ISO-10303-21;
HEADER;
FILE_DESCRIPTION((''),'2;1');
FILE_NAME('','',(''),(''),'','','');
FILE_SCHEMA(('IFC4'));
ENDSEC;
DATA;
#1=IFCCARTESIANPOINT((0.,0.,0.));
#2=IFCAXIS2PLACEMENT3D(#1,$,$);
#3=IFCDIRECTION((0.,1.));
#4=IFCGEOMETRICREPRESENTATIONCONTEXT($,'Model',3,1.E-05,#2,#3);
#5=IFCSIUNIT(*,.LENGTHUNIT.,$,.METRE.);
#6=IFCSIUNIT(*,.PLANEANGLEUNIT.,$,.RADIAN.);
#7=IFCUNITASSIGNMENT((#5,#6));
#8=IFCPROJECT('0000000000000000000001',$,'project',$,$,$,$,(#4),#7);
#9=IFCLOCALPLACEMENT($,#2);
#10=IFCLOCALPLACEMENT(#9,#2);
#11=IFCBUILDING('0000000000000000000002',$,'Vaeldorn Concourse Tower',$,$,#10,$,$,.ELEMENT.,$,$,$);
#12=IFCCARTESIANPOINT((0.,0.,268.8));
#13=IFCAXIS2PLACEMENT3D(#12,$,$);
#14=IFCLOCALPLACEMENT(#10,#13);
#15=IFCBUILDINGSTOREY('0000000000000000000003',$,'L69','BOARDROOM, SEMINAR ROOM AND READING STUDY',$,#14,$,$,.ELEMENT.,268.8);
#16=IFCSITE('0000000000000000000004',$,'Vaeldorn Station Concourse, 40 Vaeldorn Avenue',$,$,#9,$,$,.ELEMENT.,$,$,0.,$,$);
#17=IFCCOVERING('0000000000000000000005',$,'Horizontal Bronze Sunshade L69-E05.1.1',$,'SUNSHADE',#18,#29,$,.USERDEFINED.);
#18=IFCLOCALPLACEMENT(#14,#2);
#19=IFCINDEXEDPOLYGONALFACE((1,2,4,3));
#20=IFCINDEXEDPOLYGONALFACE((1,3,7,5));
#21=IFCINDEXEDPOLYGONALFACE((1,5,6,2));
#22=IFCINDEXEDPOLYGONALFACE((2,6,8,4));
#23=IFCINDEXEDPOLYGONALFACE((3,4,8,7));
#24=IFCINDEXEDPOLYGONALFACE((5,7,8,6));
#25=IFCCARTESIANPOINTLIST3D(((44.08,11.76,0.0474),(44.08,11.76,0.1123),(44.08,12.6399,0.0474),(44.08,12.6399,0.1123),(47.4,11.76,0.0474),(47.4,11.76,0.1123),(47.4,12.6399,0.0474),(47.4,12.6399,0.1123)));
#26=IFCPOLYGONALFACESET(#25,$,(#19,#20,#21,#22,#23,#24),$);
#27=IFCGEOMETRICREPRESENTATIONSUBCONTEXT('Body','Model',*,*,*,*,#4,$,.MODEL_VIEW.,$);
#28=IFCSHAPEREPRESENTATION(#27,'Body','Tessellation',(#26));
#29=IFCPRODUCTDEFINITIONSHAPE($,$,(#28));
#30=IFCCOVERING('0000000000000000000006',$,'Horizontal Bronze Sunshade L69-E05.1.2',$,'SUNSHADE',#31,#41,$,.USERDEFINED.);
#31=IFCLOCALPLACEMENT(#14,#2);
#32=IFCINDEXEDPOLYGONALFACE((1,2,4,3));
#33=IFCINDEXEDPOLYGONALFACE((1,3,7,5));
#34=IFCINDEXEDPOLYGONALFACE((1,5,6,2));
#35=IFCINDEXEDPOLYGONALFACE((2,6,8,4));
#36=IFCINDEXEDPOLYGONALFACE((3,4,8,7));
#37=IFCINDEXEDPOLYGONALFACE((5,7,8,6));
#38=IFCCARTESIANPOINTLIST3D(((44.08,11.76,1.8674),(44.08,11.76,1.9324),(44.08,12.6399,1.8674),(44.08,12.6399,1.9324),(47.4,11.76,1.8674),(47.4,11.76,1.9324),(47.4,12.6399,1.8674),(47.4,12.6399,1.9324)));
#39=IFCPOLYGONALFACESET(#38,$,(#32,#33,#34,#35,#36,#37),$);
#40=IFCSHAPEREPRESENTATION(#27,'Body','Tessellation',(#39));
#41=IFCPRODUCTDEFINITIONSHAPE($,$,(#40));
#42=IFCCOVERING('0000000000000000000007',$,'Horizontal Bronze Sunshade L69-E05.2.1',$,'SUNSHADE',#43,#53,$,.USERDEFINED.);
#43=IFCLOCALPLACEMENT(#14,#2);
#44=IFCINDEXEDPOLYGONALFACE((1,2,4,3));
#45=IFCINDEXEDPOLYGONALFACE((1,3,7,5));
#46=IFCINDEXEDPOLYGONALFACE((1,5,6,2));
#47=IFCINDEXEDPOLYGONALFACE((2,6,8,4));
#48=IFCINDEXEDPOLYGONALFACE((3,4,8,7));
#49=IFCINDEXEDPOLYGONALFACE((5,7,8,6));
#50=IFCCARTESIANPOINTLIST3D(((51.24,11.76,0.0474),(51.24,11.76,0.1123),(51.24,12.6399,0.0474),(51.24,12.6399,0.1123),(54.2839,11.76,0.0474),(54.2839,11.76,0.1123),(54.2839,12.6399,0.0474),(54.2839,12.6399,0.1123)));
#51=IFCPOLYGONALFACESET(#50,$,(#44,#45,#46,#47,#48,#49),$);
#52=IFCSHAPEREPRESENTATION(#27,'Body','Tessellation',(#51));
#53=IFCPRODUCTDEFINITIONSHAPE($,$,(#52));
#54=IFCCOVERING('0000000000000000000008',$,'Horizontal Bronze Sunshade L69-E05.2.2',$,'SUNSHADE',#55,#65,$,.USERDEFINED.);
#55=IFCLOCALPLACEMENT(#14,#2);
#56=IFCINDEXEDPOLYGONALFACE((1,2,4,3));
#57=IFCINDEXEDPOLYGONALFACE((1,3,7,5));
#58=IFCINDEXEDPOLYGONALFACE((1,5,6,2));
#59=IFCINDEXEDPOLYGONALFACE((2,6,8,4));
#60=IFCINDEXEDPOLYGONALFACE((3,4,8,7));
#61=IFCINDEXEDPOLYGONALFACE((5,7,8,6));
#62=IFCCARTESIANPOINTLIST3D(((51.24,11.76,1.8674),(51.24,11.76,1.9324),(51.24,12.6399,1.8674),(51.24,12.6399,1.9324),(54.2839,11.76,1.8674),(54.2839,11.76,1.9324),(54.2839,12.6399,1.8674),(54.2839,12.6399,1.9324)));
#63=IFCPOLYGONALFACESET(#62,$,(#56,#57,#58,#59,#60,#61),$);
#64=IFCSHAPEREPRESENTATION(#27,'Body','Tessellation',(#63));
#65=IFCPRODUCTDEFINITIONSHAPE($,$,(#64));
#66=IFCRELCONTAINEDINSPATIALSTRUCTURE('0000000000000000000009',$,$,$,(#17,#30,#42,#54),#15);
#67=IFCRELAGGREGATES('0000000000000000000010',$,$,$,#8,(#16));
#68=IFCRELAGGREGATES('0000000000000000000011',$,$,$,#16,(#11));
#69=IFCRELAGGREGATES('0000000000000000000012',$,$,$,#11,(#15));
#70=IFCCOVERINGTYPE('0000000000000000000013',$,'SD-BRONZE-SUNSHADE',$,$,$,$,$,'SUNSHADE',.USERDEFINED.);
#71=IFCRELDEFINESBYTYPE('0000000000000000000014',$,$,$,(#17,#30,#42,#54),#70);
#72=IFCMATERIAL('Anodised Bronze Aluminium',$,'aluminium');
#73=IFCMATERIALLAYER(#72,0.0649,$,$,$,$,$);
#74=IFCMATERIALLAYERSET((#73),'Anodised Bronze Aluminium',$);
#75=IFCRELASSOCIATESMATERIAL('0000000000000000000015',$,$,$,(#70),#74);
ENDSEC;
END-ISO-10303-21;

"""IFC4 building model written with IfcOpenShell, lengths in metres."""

from ifc_helpers import new_model, si_unit, direction, frame, origin, origin_2d, place, context, subcontext, project, spatial, rectangle, extrude, source, transform, mapped, material, layer, layer_set, type_object, element, save


model = new_model("IFC4")

# Units and contexts
model_context = context("Model", 3, precision=1e-05, world=origin(), true_north=direction((0.0, 1.0)))
body_context = subcontext(model_context, "Body", "Model", "MODEL_VIEW")
ifc_project = project(units=[si_unit("LENGTHUNIT", "METRE"), si_unit("PLANEANGLEUNIT", "RADIAN")], contexts=[model_context])

# Site, building, storey
site_placement = place(None, origin())
site = spatial("IfcSite", under=ifc_project, at=site_placement, Name="Vaeldorn Station Concourse, 40 Vaeldorn Avenue", CompositionType="ELEMENT", RefElevation=0.0)
building_placement = place(site_placement, origin())
building = spatial("IfcBuilding", under=site, at=building_placement, Name="Vaeldorn Concourse Tower", CompositionType="ELEMENT")
storey_placement = place(building_placement, frame((0.0, 0.0, 268.8)))
storey = spatial("IfcBuildingStorey", under=building, at=storey_placement, Name="L69", Description="BOARDROOM, SEMINAR ROOM AND READING STUDY", CompositionType="ELEMENT", Elevation=268.8)

# Shared definitions
ifc_material_1 = material(Name="Anodised Bronze Aluminium", Category="aluminium")

# Coverings
ifc_layer_1 = layer(ifc_material_1, 0.0649)
ifc_layer_set_1 = layer_set([ifc_layer_1], Name="Anodised Bronze Aluminium")
covering_type = type_object("IfcCoveringType", Name="SD-BRONZE-SUNSHADE", ElementType="SUNSHADE", PredefinedType="USERDEFINED", material=ifc_layer_set_1)
shared_shape_1 = source(origin(), body_context, "Body", "SweptSolid", [
    extrude(rectangle(XDim=3.3201, YDim=0.8799, at=origin_2d()), origin(), (0.0, 0.0, 1.0), 0.0649),
])
for number, where, z_axis, x_axis, name in (
    (1, (45.74, 12.2, 0.0474), (0.0, 0.0, 1.0), (1.0, 0.0, 0.0), "Horizontal Bronze Sunshade L69-E05.1.1"),
    (2, (45.74, 12.2, 1.8674), (0.0, 0.0, 1.0), (1.0, 0.0, 0.0), "Horizontal Bronze Sunshade L69-E05.1.2"),
):
    element("IfcCovering", number, at=place(storey_placement, frame(where, z_axis=z_axis, x_axis=x_axis)), inside=storey, type_object=covering_type, Name=name, ObjectType="SUNSHADE", PredefinedType="USERDEFINED", context=body_context, shape_type="MappedRepresentation", body=[
        mapped(shared_shape_1, transform((0.0, 0.0, 0.0), scale=1.0)),
    ])
shared_shape_2 = source(origin(), body_context, "Body", "SweptSolid", [
    extrude(rectangle(XDim=3.0439, YDim=0.8799, at=origin_2d()), origin(), (0.0, 0.0, 1.0), 0.0649),
])
for number, where, z_axis, x_axis, name in (
    (3, (52.762, 12.2, 0.0474), (0.0, 0.0, 1.0), (1.0, 0.0, 0.0), "Horizontal Bronze Sunshade L69-E05.2.1"),
    (4, (52.762, 12.2, 1.8674), (0.0, 0.0, 1.0), (1.0, 0.0, 0.0), "Horizontal Bronze Sunshade L69-E05.2.2"),
):
    element("IfcCovering", number, at=place(storey_placement, frame(where, z_axis=z_axis, x_axis=x_axis)), inside=storey, type_object=covering_type, Name=name, ObjectType="SUNSHADE", PredefinedType="USERDEFINED", context=body_context, shape_type="MappedRepresentation", body=[
        mapped(shared_shape_2, transform((0.0, 0.0, 0.0), scale=1.0)),
    ])

save(model, "model.ifc")
